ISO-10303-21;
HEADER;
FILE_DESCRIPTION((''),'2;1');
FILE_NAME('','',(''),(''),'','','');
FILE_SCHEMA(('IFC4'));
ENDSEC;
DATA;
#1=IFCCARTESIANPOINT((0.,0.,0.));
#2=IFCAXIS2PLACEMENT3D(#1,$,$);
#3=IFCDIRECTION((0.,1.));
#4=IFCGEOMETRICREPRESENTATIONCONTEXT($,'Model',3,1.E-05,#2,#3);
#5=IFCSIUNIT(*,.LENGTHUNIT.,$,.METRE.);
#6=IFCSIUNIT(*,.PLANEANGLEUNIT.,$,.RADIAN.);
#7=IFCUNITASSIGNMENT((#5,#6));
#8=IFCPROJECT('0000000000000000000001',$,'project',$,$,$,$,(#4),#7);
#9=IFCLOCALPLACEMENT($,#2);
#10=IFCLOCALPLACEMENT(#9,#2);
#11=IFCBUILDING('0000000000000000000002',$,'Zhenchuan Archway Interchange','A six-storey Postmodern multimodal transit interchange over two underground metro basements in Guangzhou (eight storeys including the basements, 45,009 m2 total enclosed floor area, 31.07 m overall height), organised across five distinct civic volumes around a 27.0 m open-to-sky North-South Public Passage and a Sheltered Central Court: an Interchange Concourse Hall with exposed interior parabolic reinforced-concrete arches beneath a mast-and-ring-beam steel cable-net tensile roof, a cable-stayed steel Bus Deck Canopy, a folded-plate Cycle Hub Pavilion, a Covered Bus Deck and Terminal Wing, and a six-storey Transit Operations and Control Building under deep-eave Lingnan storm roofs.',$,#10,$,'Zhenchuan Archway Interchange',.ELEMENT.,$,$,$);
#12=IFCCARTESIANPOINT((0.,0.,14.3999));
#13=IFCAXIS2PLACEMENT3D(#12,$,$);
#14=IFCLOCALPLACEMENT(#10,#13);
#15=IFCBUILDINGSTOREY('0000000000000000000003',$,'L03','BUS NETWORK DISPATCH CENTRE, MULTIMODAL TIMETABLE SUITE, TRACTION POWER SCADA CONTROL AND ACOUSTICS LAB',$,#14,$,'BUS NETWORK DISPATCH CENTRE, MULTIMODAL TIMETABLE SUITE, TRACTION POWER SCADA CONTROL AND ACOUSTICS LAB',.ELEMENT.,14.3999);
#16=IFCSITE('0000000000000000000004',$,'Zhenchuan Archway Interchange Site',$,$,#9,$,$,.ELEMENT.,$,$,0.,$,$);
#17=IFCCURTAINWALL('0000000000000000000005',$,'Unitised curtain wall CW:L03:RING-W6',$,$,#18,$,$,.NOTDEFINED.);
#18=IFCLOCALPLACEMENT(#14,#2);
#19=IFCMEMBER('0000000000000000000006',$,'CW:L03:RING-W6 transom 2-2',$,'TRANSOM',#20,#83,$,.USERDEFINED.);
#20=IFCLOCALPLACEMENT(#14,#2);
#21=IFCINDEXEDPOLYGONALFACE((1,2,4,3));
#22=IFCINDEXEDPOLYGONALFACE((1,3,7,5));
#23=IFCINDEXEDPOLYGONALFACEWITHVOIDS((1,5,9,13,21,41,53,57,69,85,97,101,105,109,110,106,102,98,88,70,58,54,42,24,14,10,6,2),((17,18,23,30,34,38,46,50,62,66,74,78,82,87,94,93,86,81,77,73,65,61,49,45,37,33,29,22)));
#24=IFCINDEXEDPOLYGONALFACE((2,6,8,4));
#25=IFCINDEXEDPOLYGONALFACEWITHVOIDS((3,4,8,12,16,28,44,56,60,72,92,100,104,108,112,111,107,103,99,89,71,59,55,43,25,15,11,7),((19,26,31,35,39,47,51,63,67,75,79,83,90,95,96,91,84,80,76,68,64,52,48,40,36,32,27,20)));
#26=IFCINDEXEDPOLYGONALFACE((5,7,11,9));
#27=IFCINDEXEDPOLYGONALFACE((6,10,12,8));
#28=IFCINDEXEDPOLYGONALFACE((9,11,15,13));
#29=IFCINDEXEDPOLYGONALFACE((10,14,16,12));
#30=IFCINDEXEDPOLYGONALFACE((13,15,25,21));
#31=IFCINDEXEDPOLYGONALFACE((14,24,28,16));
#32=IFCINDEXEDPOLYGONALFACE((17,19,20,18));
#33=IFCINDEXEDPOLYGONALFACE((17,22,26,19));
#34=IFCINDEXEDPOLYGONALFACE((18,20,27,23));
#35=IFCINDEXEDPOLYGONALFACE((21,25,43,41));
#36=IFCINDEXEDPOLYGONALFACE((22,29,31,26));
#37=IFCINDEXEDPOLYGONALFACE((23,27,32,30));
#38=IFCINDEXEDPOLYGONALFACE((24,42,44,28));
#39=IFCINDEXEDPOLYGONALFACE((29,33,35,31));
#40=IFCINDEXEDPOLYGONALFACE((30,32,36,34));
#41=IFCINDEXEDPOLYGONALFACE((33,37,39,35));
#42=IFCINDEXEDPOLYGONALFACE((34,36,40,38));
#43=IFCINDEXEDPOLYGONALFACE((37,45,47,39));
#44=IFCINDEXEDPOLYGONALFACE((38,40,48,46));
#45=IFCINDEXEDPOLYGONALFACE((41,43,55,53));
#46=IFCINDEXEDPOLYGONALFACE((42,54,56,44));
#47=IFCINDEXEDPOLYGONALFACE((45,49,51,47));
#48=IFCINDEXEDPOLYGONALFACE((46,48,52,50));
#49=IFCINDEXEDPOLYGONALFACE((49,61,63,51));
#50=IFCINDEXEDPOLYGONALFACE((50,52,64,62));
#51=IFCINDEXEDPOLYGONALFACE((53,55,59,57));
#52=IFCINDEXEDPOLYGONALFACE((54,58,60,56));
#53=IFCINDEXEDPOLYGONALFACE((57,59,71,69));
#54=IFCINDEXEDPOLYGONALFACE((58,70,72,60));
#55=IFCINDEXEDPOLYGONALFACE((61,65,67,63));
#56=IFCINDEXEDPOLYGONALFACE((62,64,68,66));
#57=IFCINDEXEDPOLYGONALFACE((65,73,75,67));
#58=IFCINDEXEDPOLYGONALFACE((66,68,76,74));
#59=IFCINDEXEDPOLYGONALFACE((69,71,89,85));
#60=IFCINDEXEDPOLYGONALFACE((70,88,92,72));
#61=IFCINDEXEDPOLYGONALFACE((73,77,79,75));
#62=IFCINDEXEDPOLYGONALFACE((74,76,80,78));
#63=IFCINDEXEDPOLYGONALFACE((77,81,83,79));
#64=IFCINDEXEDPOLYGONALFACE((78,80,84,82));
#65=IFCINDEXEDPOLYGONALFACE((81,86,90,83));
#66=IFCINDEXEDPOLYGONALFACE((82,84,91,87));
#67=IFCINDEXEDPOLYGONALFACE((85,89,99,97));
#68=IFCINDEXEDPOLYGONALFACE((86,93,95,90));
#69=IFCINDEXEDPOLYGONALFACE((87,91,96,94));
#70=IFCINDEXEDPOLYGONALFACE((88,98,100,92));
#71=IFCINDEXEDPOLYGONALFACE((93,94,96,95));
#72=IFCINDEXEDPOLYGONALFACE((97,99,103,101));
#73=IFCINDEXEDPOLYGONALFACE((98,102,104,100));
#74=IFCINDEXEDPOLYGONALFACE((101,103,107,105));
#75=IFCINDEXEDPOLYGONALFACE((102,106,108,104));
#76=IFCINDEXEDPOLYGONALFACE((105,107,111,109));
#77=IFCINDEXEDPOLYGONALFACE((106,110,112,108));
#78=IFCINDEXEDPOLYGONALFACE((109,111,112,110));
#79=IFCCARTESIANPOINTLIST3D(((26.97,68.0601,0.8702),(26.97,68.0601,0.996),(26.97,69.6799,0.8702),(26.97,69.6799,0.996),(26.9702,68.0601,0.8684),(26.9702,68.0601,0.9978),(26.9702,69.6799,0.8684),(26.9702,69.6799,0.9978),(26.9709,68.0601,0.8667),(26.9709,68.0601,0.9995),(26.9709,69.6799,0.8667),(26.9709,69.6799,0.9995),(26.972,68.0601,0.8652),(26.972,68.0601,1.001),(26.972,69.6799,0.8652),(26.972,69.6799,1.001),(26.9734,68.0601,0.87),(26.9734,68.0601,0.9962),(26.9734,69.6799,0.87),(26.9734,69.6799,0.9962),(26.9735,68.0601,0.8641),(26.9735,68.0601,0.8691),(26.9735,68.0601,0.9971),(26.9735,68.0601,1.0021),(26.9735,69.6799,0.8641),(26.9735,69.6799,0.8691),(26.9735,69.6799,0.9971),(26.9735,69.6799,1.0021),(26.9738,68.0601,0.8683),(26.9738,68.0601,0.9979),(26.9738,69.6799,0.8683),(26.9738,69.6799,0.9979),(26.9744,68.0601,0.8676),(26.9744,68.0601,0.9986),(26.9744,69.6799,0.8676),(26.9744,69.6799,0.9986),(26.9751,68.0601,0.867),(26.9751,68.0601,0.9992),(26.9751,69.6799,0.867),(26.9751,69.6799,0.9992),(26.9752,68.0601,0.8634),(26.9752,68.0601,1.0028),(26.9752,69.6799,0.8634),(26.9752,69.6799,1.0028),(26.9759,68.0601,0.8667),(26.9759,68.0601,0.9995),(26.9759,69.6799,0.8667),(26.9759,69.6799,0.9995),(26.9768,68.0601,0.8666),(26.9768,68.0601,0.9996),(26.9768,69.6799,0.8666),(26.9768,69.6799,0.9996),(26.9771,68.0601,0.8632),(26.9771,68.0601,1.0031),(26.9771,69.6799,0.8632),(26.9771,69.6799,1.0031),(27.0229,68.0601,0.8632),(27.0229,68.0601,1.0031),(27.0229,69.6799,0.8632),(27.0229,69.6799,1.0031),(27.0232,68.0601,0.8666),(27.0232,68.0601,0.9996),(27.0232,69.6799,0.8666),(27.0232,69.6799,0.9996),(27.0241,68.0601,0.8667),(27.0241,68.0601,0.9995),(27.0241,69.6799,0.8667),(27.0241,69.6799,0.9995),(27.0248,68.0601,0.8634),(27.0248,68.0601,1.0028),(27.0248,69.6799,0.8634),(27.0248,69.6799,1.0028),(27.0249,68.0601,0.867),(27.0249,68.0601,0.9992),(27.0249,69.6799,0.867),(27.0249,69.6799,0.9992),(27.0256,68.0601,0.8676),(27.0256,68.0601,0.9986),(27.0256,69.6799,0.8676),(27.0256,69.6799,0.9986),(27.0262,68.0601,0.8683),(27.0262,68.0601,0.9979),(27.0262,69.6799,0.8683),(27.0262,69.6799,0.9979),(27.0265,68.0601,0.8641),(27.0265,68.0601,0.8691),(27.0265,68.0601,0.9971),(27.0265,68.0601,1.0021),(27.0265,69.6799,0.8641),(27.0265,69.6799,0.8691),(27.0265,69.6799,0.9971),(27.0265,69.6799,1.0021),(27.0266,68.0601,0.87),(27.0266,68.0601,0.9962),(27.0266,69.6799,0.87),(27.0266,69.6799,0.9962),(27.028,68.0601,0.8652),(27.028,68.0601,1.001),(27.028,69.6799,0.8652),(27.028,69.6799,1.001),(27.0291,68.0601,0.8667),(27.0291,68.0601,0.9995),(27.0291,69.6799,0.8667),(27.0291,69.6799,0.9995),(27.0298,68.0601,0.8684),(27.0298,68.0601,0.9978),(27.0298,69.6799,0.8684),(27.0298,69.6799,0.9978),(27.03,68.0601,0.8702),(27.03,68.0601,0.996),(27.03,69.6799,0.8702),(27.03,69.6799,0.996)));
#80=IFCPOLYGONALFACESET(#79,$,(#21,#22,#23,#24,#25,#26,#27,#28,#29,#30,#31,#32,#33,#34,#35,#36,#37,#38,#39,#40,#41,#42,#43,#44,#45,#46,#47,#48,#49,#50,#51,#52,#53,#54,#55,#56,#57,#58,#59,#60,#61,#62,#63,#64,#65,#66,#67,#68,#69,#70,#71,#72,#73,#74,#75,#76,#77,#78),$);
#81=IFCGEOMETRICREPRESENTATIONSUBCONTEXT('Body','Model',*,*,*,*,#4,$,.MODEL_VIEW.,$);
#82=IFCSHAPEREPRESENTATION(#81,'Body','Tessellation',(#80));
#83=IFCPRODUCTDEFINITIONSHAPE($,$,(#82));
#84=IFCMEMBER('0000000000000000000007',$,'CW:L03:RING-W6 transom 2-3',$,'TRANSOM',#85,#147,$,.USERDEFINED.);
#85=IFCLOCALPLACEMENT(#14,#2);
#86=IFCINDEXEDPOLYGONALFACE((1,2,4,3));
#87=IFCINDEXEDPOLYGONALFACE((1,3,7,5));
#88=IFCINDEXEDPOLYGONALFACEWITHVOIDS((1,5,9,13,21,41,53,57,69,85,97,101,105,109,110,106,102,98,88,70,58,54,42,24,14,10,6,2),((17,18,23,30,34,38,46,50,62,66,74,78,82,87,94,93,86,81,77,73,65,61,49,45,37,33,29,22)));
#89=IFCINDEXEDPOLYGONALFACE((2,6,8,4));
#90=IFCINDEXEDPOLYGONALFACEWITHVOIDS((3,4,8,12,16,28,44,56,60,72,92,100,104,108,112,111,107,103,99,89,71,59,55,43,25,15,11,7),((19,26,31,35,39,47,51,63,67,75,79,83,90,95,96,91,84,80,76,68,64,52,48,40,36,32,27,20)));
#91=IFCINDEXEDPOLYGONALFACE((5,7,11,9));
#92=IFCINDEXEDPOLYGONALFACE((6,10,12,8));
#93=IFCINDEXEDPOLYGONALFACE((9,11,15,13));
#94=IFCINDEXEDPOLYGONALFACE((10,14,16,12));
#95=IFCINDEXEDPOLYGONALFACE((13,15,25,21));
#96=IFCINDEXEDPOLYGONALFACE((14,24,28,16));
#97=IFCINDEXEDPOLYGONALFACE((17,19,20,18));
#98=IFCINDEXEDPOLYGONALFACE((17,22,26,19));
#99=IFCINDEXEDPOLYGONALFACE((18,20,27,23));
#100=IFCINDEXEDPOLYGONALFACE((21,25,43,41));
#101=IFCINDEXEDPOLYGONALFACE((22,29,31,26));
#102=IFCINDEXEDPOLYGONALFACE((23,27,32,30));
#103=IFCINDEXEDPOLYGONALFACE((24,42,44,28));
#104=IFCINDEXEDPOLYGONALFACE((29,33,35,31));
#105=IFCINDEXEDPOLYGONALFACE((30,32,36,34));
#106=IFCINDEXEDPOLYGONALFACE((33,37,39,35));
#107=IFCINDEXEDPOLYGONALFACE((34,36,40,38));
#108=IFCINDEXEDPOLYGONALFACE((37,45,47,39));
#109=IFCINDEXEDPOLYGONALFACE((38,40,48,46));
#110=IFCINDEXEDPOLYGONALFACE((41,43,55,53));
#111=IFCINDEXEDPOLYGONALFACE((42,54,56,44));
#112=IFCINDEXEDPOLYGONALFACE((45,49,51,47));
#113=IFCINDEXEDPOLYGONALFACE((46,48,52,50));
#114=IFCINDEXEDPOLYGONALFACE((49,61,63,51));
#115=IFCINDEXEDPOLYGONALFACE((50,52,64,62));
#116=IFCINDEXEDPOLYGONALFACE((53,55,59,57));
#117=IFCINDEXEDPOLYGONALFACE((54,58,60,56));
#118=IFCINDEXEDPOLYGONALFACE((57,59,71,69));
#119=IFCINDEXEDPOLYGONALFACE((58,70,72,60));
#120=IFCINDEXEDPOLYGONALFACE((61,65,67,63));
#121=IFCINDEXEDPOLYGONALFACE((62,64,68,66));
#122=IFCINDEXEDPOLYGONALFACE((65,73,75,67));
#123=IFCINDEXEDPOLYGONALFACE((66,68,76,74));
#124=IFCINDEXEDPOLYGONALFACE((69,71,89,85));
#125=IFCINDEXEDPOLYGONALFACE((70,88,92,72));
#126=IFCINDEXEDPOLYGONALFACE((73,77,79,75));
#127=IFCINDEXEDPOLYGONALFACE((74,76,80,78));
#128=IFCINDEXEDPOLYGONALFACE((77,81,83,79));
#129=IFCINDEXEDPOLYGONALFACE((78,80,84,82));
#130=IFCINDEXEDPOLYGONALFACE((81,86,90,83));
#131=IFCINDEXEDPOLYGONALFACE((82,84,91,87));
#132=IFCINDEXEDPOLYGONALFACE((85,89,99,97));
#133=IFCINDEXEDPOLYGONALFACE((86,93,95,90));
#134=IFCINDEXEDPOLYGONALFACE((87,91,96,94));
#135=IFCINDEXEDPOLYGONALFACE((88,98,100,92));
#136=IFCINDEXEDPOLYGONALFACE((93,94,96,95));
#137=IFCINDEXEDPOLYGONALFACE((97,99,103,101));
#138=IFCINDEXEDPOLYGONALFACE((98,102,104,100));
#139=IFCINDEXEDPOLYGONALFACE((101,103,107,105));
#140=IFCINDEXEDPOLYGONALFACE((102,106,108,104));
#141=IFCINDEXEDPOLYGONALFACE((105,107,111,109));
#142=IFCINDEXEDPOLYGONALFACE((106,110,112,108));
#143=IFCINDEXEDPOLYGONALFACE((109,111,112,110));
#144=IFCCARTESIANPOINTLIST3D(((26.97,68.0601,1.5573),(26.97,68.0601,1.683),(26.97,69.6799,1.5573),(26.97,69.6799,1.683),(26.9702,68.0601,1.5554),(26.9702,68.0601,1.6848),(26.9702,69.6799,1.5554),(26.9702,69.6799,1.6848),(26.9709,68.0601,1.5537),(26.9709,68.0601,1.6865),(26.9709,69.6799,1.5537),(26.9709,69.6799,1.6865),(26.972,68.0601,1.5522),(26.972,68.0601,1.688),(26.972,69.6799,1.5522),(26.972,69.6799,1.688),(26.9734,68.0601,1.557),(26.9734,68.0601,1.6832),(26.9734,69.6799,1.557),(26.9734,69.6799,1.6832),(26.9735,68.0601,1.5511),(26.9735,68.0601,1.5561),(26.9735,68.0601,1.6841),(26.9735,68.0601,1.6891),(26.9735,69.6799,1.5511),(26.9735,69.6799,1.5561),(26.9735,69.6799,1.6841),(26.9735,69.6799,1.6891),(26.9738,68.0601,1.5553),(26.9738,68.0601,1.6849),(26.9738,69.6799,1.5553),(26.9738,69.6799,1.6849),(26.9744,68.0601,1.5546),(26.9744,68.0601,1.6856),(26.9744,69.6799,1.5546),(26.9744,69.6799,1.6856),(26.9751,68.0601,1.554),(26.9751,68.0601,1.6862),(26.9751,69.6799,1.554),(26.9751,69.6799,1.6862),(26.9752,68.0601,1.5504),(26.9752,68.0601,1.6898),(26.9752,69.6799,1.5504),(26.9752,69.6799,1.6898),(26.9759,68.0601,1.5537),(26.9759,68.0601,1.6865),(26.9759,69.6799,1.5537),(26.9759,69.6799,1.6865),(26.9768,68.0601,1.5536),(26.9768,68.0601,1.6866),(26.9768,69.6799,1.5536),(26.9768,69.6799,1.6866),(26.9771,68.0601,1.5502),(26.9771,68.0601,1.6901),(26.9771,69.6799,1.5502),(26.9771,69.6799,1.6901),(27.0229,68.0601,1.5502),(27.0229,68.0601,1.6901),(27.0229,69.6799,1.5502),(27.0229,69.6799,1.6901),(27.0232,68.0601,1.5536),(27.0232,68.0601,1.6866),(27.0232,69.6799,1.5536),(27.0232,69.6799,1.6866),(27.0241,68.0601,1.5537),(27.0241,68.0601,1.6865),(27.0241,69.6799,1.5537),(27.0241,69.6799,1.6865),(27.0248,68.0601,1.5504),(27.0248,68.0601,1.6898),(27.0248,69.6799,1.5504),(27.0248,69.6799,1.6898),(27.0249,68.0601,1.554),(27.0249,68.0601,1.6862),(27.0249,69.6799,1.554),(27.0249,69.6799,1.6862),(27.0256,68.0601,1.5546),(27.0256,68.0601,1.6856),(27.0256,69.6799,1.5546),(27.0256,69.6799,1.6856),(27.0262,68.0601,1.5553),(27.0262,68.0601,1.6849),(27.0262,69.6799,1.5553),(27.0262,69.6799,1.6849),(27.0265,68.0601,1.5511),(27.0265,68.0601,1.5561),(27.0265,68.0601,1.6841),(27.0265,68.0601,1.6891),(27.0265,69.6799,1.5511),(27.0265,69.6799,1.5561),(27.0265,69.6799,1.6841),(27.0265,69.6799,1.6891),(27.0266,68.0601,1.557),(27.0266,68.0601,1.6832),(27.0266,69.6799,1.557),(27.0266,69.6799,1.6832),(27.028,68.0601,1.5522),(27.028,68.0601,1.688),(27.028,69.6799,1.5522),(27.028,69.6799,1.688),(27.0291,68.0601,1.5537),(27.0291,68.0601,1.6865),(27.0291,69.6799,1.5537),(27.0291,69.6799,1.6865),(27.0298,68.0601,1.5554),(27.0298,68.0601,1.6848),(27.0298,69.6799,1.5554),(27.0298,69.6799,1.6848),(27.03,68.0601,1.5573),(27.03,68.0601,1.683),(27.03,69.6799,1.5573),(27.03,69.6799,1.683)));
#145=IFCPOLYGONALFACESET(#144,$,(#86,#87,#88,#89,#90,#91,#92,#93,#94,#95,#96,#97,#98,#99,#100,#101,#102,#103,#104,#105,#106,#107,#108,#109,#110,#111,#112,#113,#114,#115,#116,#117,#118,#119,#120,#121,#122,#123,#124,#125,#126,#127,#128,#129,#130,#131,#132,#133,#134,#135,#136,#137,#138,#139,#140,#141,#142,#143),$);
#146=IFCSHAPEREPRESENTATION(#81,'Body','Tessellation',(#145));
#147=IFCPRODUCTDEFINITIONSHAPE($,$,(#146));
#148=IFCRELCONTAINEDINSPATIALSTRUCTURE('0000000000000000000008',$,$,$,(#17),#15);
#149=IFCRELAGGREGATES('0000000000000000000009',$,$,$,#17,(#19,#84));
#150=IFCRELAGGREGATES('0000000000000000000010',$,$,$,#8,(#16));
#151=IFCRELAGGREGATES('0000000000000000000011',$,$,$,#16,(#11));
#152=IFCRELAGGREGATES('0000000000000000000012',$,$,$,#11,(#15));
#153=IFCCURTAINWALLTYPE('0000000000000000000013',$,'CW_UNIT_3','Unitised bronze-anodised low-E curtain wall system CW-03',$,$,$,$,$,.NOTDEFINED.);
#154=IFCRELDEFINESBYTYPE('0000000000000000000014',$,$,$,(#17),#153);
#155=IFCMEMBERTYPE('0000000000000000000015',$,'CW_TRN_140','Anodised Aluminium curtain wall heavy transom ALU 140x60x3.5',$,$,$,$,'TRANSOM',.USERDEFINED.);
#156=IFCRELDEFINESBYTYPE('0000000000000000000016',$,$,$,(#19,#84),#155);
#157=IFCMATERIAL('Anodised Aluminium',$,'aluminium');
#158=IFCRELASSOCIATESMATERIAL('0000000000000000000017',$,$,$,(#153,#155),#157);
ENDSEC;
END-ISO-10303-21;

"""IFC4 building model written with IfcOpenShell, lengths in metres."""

from ifc_helpers import new_model, si_unit, direction, frame, origin, origin_2d, place, context, subcontext, project, spatial, hollow_rectangle, extrude, material, material_profile, profile_set, type_object, element, aggregate, save


model = new_model("IFC4")

# Units and contexts
model_context = context("Model", 3, precision=1e-05, world=origin(), true_north=direction((0.0, 1.0)))
body_context = subcontext(model_context, "Body", "Model", "MODEL_VIEW")
ifc_project = project(units=[si_unit("LENGTHUNIT", "METRE"), si_unit("PLANEANGLEUNIT", "RADIAN")], contexts=[model_context])

# Site, building, storey
site_placement = place(None, origin())
site = spatial("IfcSite", under=ifc_project, at=site_placement, Name="Zhenchuan Archway Interchange Site", CompositionType="ELEMENT", RefElevation=0.0)
building_placement = place(site_placement, origin())
building = spatial("IfcBuilding", under=site, at=building_placement, Name="Zhenchuan Archway Interchange", Description="A six-storey Postmodern multimodal transit interchange over two underground metro basements in Guangzhou (eight storeys including the basements, 45,009 m2 total enclosed floor area, 31.07 m overall height), organised across five distinct civic volumes around a 27.0 m open-to-sky North-South Public Passage and a Sheltered Central Court: an Interchange Concourse Hall with exposed interior parabolic reinforced-concrete arches beneath a mast-and-ring-beam steel cable-net tensile roof, a cable-stayed steel Bus Deck Canopy, a folded-plate Cycle Hub Pavilion, a Covered Bus Deck and Terminal Wing, and a six-storey Transit Operations and Control Building under deep-eave Lingnan storm roofs.", LongName="Zhenchuan Archway Interchange", CompositionType="ELEMENT")
storey_placement = place(building_placement, frame((0.0, 0.0, 14.3999)))
storey = spatial("IfcBuildingStorey", under=building, at=storey_placement, Name="L03", Description="BUS NETWORK DISPATCH CENTRE, MULTIMODAL TIMETABLE SUITE, TRACTION POWER SCADA CONTROL AND ACOUSTICS LAB", LongName="BUS NETWORK DISPATCH CENTRE, MULTIMODAL TIMETABLE SUITE, TRACTION POWER SCADA CONTROL AND ACOUSTICS LAB", CompositionType="ELEMENT", Elevation=14.3999)

# Curtain wall, members
ifc_material_1 = material(Name="Anodised Aluminium", Category="aluminium")
curtain_wall_type = type_object("IfcCurtainWallType", Name="CW_UNIT_3", Description="Unitised bronze-anodised low-E curtain wall system CW-03", PredefinedType="NOTDEFINED", material=ifc_material_1)
curtain_wall_placement = place(storey_placement, origin())
curtain_wall = element("IfcCurtainWall", 1, at=curtain_wall_placement, inside=storey, type_object=curtain_wall_type, Name="Unitised curtain wall CW:L03:RING-W6", PredefinedType="NOTDEFINED")
ifc_material_profile_1 = material_profile(ifc_material_1, hollow_rectangle(XDim=0.0601, YDim=0.1399, WallThickness=0.0034, InnerFilletRadius=0.0034, OuterFilletRadius=0.0071, at=origin_2d()), Name="ALU 140x60x3.5")
ifc_profile_set_1 = profile_set([ifc_material_profile_1], Name="Anodised Aluminium")
member_type_1 = type_object("IfcMemberType", Name="CW_TRN_140", Description="Anodised Aluminium curtain wall heavy transom ALU 140x60x3.5", ElementType="TRANSOM", PredefinedType="USERDEFINED", material=ifc_profile_set_1)
member_1_placement = place(storey_placement, frame((27.0, 68.0601, 0.9331), z_axis=(0.0, 1.0, 0.0), x_axis=(-1.0, 0.0, 0.0)))
member_1 = element("IfcMember", 2, at=member_1_placement, type_object=member_type_1, Name="CW:L03:RING-W6 transom 2-2", ObjectType="TRANSOM", PredefinedType="USERDEFINED", context=body_context, shape_type="SweptSolid", body=[
    extrude(hollow_rectangle(XDim=0.0601, YDim=0.1399, WallThickness=0.0034, InnerFilletRadius=0.0034, OuterFilletRadius=0.0071, at=origin_2d()), origin(), (0.0, 0.0, 1.0), 1.6199),
])
member_2_placement = place(storey_placement, frame((27.0, 68.0601, 1.6201), z_axis=(0.0, 1.0, 0.0), x_axis=(-1.0, 0.0, 0.0)))
member_2 = element("IfcMember", 3, at=member_2_placement, type_object=member_type_1, Name="CW:L03:RING-W6 transom 2-3", ObjectType="TRANSOM", PredefinedType="USERDEFINED", context=body_context, shape_type="SweptSolid", body=[
    extrude(hollow_rectangle(XDim=0.0601, YDim=0.1399, WallThickness=0.0034, InnerFilletRadius=0.0034, OuterFilletRadius=0.0071, at=origin_2d()), origin(), (0.0, 0.0, 1.0), 1.6199),
])
aggregate(curtain_wall, [member_1, member_2])

save(model, "model.ifc")
